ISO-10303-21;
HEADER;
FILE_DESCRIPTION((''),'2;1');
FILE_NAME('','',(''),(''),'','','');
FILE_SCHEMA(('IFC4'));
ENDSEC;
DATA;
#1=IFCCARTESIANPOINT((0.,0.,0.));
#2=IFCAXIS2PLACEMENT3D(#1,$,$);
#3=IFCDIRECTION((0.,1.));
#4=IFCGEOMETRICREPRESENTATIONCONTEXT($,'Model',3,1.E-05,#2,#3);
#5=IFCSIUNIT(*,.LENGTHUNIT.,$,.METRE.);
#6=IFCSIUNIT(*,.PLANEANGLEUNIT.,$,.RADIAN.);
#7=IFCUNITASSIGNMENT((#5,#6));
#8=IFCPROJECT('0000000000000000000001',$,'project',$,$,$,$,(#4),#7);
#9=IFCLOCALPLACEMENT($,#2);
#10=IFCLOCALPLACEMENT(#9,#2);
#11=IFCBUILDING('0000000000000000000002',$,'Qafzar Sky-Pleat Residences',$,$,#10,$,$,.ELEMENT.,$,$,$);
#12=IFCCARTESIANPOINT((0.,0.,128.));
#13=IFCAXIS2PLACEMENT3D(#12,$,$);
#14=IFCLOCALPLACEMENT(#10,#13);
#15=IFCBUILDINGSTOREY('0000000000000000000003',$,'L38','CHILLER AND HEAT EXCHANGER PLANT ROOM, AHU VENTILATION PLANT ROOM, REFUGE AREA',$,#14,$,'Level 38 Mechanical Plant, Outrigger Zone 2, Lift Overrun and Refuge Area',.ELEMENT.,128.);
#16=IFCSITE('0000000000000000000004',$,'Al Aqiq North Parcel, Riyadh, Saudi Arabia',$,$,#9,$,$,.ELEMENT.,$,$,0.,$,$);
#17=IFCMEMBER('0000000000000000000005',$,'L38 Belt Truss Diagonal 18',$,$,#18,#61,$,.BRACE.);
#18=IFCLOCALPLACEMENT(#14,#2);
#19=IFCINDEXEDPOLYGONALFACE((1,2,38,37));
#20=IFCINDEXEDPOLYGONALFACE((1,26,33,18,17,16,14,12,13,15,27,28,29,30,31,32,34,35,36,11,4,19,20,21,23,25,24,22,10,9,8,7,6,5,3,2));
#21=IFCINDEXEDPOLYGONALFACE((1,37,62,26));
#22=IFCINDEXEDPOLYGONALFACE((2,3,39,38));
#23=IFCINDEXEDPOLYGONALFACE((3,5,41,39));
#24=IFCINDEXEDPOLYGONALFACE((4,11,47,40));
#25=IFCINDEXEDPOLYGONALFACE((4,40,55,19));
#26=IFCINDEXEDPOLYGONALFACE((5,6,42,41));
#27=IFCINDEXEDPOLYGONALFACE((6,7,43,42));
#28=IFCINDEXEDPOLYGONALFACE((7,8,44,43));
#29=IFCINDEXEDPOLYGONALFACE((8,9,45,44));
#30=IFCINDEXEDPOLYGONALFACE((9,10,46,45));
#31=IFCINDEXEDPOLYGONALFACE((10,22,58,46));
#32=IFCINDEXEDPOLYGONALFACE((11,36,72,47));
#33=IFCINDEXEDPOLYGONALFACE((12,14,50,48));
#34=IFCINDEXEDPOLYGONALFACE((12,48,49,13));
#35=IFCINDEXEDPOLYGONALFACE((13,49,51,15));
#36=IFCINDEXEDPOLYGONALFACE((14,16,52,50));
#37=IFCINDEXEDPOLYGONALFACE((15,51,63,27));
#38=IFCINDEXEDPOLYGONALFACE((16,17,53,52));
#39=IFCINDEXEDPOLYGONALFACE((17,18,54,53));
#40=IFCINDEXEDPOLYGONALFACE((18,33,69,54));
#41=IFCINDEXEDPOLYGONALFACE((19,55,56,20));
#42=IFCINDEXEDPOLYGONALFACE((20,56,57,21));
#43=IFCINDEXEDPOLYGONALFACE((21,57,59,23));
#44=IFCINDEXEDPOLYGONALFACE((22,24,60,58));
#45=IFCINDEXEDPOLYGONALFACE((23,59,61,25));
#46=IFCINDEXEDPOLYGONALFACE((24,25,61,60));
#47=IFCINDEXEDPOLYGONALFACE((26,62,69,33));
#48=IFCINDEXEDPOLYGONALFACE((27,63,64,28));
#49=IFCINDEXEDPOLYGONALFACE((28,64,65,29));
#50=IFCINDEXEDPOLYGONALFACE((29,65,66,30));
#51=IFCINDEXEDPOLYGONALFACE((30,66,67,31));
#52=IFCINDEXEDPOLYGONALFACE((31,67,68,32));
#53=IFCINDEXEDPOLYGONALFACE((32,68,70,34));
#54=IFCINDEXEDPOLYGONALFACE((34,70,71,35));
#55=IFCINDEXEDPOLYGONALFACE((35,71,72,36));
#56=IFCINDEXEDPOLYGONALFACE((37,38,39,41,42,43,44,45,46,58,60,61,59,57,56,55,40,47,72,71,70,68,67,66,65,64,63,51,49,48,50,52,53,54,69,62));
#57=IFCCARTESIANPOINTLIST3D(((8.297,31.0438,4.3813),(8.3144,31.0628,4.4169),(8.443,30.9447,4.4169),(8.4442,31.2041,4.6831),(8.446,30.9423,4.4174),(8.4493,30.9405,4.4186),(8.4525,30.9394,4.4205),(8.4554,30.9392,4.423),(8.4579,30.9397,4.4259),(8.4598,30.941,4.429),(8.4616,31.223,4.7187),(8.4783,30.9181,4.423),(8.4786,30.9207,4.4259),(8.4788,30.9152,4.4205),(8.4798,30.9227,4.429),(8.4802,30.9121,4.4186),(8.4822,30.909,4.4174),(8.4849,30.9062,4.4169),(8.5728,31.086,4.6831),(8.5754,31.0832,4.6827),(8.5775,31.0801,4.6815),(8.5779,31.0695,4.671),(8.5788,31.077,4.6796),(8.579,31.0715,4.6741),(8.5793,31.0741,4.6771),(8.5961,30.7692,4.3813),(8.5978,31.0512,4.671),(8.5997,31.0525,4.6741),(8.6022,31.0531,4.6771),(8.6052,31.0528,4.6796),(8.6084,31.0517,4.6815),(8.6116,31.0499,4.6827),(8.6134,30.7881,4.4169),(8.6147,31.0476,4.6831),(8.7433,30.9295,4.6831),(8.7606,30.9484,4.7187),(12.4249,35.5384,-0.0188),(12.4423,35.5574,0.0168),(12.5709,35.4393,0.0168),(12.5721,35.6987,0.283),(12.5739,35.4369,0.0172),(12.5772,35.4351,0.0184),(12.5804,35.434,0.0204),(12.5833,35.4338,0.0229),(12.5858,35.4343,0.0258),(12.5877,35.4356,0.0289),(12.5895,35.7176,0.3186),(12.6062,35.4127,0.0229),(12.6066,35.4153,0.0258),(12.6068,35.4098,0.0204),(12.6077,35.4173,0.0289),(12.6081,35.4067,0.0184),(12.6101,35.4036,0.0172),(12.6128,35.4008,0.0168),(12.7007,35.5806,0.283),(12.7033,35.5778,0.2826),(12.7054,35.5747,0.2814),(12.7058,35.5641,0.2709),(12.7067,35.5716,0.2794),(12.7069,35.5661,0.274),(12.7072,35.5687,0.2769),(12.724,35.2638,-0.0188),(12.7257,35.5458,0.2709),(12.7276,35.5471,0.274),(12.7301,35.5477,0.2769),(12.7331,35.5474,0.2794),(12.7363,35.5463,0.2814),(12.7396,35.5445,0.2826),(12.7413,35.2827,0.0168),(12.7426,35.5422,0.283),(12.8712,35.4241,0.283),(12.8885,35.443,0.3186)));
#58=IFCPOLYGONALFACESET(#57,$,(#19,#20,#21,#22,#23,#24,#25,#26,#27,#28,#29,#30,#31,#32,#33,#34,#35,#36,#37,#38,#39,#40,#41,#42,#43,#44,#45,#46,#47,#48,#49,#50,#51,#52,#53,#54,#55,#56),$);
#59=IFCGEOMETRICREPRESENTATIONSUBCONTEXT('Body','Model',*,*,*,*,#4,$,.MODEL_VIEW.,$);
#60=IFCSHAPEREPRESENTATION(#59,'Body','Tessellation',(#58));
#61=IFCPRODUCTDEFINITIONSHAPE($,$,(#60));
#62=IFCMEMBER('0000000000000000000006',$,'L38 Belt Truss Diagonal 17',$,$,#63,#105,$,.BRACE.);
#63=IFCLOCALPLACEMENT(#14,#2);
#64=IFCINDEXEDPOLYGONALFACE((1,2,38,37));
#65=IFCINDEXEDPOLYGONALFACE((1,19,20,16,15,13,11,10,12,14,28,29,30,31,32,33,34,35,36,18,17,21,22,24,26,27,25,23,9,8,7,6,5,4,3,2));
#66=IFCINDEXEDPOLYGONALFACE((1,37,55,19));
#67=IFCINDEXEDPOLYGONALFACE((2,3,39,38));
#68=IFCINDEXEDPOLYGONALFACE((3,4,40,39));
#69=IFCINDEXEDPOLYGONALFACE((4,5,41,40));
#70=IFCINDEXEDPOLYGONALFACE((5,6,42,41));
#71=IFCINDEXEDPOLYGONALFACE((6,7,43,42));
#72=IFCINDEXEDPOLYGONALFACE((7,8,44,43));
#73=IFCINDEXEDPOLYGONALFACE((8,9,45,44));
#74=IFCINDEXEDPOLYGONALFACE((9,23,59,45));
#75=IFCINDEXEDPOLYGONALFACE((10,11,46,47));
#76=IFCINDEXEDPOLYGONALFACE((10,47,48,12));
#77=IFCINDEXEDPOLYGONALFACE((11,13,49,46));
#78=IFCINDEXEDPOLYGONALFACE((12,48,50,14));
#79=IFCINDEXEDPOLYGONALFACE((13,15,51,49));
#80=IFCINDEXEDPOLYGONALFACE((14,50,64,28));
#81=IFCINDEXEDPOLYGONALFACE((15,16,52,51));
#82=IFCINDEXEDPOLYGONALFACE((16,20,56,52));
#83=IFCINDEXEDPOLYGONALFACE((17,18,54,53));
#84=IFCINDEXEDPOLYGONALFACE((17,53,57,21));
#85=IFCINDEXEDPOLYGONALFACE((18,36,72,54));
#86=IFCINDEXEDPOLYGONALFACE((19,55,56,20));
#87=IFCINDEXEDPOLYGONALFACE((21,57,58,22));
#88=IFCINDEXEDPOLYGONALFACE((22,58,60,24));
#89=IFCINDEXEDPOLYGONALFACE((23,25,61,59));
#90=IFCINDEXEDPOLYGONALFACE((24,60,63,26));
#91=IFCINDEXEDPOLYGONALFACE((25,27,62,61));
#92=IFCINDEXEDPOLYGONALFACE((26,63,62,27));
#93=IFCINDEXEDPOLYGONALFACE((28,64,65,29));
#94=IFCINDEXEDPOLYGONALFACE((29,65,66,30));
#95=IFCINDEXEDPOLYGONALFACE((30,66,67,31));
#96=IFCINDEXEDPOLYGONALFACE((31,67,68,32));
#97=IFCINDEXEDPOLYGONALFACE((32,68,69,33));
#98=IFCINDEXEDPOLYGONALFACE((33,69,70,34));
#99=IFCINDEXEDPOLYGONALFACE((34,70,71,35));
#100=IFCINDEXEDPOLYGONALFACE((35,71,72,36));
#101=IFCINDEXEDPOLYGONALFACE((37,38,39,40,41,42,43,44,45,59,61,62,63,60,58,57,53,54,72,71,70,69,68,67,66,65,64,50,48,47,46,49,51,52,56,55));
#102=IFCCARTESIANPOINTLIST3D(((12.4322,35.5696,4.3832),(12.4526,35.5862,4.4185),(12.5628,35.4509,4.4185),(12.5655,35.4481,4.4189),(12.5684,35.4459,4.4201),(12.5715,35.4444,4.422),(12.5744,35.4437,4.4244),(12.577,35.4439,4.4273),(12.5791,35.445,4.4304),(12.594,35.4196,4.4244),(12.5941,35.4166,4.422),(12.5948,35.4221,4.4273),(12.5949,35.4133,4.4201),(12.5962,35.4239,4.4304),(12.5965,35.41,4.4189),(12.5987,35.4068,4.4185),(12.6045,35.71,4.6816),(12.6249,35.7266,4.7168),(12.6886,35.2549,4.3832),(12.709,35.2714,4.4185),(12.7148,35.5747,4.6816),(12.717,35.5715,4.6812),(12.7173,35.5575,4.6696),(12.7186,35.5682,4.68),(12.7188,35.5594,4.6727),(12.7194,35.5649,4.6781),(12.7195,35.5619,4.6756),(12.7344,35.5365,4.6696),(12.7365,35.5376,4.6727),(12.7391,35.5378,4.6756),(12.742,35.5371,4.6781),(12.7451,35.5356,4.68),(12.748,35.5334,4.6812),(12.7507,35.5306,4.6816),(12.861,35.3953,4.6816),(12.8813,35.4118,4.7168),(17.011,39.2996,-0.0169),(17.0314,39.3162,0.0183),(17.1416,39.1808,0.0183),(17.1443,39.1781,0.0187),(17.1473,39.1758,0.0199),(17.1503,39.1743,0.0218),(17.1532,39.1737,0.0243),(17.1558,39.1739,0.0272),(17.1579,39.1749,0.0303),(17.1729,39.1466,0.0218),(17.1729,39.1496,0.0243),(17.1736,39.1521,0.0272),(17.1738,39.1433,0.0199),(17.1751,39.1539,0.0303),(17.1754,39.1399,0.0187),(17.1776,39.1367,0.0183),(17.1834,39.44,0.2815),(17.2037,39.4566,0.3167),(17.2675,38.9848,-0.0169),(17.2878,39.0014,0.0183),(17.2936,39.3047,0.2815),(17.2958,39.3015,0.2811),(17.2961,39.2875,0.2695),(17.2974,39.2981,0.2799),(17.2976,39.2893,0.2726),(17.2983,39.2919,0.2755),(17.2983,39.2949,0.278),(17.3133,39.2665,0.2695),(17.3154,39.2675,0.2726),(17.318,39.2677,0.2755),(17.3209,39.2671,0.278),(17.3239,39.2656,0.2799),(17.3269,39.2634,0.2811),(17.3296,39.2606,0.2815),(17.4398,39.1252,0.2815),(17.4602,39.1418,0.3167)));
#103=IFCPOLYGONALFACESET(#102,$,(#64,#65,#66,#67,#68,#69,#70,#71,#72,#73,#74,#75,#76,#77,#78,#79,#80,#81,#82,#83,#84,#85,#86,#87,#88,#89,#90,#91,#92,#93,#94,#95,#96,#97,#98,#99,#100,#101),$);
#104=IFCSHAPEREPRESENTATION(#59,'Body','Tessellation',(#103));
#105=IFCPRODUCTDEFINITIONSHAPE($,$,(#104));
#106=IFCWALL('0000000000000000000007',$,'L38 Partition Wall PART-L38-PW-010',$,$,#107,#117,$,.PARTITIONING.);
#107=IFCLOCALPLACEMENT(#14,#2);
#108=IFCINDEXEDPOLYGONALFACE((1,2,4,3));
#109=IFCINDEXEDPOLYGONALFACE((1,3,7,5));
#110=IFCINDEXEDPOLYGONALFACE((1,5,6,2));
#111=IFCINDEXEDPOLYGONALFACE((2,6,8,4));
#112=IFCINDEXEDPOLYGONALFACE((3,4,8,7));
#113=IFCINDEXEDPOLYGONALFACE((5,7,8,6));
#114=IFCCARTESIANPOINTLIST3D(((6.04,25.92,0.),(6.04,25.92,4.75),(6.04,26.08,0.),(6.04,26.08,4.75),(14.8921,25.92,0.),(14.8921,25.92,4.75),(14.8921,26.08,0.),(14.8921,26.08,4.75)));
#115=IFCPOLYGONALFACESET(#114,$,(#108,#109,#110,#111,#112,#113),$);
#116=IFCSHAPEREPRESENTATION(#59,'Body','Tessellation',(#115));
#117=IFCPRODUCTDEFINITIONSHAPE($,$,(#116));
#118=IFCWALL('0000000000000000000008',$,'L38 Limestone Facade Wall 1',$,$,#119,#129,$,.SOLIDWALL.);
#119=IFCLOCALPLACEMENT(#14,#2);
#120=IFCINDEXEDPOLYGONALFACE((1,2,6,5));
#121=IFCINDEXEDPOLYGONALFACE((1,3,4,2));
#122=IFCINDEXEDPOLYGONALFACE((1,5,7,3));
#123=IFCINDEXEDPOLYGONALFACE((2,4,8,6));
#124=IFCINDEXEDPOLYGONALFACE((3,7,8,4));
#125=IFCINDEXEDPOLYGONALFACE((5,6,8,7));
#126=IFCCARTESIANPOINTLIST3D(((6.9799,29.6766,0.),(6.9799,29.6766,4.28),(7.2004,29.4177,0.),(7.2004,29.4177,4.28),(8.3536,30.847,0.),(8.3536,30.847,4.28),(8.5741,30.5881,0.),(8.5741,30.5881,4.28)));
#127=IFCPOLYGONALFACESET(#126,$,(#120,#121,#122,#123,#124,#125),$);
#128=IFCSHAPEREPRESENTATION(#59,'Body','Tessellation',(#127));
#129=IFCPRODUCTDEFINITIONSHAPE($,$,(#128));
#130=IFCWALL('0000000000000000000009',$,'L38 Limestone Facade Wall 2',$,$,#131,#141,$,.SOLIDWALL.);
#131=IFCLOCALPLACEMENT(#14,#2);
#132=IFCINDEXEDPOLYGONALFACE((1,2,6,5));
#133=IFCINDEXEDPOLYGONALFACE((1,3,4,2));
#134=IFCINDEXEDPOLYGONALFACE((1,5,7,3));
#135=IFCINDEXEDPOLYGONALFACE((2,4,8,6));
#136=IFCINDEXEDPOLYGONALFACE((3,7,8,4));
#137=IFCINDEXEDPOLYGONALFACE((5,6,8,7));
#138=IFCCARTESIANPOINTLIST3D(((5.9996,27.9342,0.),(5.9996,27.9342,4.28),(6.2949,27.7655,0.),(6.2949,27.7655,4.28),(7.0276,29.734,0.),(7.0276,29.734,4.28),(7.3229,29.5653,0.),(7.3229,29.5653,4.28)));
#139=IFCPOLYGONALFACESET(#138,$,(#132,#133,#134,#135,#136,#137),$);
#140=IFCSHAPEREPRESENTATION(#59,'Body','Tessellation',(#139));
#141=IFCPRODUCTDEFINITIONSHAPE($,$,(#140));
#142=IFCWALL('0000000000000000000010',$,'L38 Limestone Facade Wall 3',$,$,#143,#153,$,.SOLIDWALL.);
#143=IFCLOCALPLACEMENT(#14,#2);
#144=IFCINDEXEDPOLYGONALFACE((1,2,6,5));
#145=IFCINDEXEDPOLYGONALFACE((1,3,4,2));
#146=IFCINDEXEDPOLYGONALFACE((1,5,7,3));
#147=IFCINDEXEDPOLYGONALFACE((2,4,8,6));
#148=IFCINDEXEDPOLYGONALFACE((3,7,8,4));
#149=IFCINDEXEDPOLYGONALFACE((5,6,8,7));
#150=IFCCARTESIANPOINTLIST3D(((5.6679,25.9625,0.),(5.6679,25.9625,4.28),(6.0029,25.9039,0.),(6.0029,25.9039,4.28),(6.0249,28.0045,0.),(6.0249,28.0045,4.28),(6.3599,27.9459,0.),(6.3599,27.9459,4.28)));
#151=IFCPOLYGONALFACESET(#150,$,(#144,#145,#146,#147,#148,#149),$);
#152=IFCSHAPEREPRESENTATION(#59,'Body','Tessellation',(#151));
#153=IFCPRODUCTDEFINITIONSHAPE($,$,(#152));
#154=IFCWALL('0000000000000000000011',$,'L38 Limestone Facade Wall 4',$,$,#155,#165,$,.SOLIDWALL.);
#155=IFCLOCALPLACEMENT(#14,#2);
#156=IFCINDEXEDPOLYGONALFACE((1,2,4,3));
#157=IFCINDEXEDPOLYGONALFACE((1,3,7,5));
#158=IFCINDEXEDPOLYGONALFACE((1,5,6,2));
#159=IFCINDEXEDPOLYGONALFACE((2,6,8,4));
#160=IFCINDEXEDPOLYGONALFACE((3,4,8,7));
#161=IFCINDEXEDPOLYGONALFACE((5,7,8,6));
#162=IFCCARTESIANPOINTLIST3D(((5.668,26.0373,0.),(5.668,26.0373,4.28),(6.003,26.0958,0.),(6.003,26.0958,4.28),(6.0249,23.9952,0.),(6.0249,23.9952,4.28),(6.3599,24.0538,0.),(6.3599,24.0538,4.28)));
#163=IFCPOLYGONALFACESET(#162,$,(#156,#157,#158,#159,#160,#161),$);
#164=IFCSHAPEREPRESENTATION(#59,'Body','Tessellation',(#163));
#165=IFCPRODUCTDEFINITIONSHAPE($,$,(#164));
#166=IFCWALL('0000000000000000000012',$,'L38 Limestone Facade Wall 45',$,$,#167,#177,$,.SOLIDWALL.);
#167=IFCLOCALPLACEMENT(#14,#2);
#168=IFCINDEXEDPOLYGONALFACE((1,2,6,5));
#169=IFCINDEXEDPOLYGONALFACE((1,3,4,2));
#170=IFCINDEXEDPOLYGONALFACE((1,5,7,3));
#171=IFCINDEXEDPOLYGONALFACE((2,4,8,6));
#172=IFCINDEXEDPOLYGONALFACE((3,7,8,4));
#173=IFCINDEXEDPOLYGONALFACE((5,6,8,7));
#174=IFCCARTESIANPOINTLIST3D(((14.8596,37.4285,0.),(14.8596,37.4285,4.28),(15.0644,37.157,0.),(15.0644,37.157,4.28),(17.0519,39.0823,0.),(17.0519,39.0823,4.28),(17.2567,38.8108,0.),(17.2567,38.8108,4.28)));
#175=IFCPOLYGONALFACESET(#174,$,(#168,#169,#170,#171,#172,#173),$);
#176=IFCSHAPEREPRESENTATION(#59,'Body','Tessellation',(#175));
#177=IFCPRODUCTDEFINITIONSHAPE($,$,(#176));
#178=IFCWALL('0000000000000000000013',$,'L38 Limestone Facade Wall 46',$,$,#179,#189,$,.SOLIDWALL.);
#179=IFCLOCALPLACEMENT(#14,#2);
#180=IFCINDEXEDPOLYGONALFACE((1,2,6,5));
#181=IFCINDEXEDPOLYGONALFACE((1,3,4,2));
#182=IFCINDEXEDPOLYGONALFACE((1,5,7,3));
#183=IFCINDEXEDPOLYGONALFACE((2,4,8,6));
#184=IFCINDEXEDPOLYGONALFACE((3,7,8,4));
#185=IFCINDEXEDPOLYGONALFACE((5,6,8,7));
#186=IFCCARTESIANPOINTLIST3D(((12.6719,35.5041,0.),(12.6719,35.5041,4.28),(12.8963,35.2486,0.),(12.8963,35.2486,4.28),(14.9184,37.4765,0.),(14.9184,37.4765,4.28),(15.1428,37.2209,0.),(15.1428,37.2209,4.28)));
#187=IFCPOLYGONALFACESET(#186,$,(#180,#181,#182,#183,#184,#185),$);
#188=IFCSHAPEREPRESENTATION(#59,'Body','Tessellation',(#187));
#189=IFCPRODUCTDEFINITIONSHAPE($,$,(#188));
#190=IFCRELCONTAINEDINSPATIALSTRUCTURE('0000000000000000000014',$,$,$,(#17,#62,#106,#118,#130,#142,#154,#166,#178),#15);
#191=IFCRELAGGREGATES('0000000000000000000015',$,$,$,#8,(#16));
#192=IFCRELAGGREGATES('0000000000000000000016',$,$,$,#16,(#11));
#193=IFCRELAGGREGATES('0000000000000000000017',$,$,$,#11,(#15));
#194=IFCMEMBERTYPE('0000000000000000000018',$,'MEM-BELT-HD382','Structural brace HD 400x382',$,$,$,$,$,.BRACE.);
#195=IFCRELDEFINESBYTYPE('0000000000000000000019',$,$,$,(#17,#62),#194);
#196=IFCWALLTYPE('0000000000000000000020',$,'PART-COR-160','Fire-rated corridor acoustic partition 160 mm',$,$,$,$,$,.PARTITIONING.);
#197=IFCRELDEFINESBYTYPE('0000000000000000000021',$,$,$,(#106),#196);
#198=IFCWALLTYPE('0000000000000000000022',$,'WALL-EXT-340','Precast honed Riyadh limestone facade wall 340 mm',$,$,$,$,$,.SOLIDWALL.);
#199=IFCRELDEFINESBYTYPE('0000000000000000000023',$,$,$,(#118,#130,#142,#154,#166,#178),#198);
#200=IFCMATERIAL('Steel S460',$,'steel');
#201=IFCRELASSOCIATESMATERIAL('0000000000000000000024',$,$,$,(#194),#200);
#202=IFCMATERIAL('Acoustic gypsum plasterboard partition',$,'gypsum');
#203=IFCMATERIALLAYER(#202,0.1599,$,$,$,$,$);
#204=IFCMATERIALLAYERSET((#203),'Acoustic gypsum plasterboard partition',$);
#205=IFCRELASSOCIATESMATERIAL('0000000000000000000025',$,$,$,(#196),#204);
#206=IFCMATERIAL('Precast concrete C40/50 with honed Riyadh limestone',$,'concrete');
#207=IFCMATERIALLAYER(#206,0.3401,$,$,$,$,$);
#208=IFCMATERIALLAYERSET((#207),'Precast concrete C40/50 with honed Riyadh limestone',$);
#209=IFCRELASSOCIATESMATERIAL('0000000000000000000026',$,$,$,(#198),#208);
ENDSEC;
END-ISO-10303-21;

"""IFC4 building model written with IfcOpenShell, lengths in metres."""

from ifc_helpers import new_model, si_unit, direction, frame, frame_2d, origin, origin_2d, place, context, subcontext, project, spatial, rectangle, i_section, extrude, source, transform, mapped, material, layer, layer_set, material_profile, profile_set, type_object, element, save


model = new_model("IFC4")

# Units and contexts
model_context = context("Model", 3, precision=1e-05, world=origin(), true_north=direction((0.0, 1.0)))
body_context = subcontext(model_context, "Body", "Model", "MODEL_VIEW")
ifc_project = project(units=[si_unit("LENGTHUNIT", "METRE"), si_unit("PLANEANGLEUNIT", "RADIAN")], contexts=[model_context])

# Site, building, storey
site_placement = place(None, origin())
site = spatial("IfcSite", under=ifc_project, at=site_placement, Name="Al Aqiq North Parcel, Riyadh, Saudi Arabia", CompositionType="ELEMENT", RefElevation=0.0)
building_placement = place(site_placement, origin())
building = spatial("IfcBuilding", under=site, at=building_placement, Name="Qafzar Sky-Pleat Residences", CompositionType="ELEMENT")
storey_placement = place(building_placement, frame((0.0, 0.0, 128.0)))
storey = spatial("IfcBuildingStorey", under=building, at=storey_placement, Name="L38", Description="CHILLER AND HEAT EXCHANGER PLANT ROOM, AHU VENTILATION PLANT ROOM, REFUGE AREA", LongName="Level 38 Mechanical Plant, Outrigger Zone 2, Lift Overrun and Refuge Area", CompositionType="ELEMENT", Elevation=128.0)

# Shared definitions
ifc_material_1 = material(Name="Steel S460", Category="steel")

# Members
ifc_material_profile_1 = material_profile(ifc_material_1, i_section(OverallWidth=0.406, OverallDepth=0.416, WebThickness=0.0271, FlangeThickness=0.0439, FilletRadius=0.0149, at=origin_2d()), Name="HD 400x382")
ifc_profile_set_1 = profile_set([ifc_material_profile_1], Name="Steel S460")
member_type = type_object("IfcMemberType", Name="MEM-BELT-HD382", Description="Structural brace HD 400x382", PredefinedType="BRACE", material=ifc_profile_set_1)
shared_shape_1 = source(origin(), body_context, "Body", "SweptSolid", [
    extrude(i_section(OverallWidth=0.406, OverallDepth=0.416, WebThickness=0.0271, FlangeThickness=0.0439, FilletRadius=0.0149, at=origin_2d()), origin(), (0.0, 0.0, 1.0), 7.5234),
])
member_1_placement = place(storey_placement, frame((12.6567, 35.4907, 0.1499), z_axis=(-0.548673, -0.597413, 0.584855), x_axis=(0.736513, -0.676424, 0.0)))
element("IfcMember", 1, at=member_1_placement, inside=storey, type_object=member_type, Name="L38 Belt Truss Diagonal 18", PredefinedType="BRACE", context=body_context, shape_type="MappedRepresentation", body=[
    mapped(shared_shape_1, transform((0.0, 0.0, 0.0), x_axis=(1.0, 0.0, 0.0), y_axis=(0.0, 1.0, 0.0), z_axis=(0.0, 0.0, 1.0), scale=1.0)),
])
shared_shape_2 = source(origin(), body_context, "Body", "SweptSolid", [
    extrude(i_section(OverallWidth=0.406, OverallDepth=0.416, WebThickness=0.0271, FlangeThickness=0.0439, FilletRadius=0.0149, at=origin_2d()), origin(), (0.0, 0.0, 1.0), 7.3647),
])
member_2_placement = place(storey_placement, frame((17.2356, 39.2207, 0.1499), z_axis=(-0.621724, -0.506462, 0.597458), x_axis=(0.631577, -0.775313, 0.0)))
element("IfcMember", 2, at=member_2_placement, inside=storey, type_object=member_type, Name="L38 Belt Truss Diagonal 17", PredefinedType="BRACE", context=body_context, shape_type="MappedRepresentation", body=[
    mapped(shared_shape_2, transform((0.0, 0.0, 0.0), x_axis=(1.0, 0.0, 0.0), y_axis=(0.0, 1.0, 0.0), z_axis=(0.0, 0.0, 1.0), scale=1.0)),
])

# Walls
ifc_material_2 = material(Name="Acoustic gypsum plasterboard partition", Category="gypsum")
ifc_layer_1 = layer(ifc_material_2, 0.1599)
ifc_layer_set_1 = layer_set([ifc_layer_1], Name="Acoustic gypsum plasterboard partition")
wall_type_1 = type_object("IfcWallType", Name="PART-COR-160", Description="Fire-rated corridor acoustic partition 160 mm", PredefinedType="PARTITIONING", material=ifc_layer_set_1)
wall_1_placement = place(storey_placement, frame((6.04, 26.0, 0.0), z_axis=(0.0, 0.0, 1.0), x_axis=(1.0, 0.0, 0.0)))
element("IfcWall", 3, at=wall_1_placement, inside=storey, type_object=wall_type_1, Name="L38 Partition Wall PART-L38-PW-010", PredefinedType="PARTITIONING", context=body_context, shape_type="SweptSolid", body=[
    extrude(rectangle(XDim=8.8521, YDim=0.1599, at=frame_2d((4.426, 0.0))), origin(), (0.0, 0.0, 1.0), 4.75),
])
ifc_material_3 = material(Name="Precast concrete C40/50 with honed Riyadh limestone", Category="concrete")
ifc_layer_2 = layer(ifc_material_3, 0.3401)
ifc_layer_set_2 = layer_set([ifc_layer_2], Name="Precast concrete C40/50 with honed Riyadh limestone")
wall_type_2 = type_object("IfcWallType", Name="WALL-EXT-340", Description="Precast honed Riyadh limestone facade wall 340 mm", PredefinedType="SOLIDWALL", material=ifc_layer_set_2)
wall_2_placement = place(storey_placement, frame((8.4639, 30.7175, 0.0), z_axis=(0.0, 0.0, 1.0), x_axis=(-0.761201, -0.648516, 0.0)))
element("IfcWall", 4, at=wall_2_placement, inside=storey, type_object=wall_type_2, Name="L38 Limestone Facade Wall 1", PredefinedType="SOLIDWALL", context=body_context, shape_type="SweptSolid", body=[
    extrude(rectangle(XDim=1.8047, YDim=0.3401, at=frame_2d((0.9023, 0.0))), origin(), (0.0, 0.0, 1.0), 4.28),
])
wall_3_placement = place(storey_placement, frame((7.1753, 29.6497, 0.0), z_axis=(0.0, 0.0, 1.0), x_axis=(-0.495999, -0.868323, 0.0)))
element("IfcWall", 5, at=wall_3_placement, inside=storey, type_object=wall_type_2, Name="L38 Limestone Facade Wall 2", PredefinedType="SOLIDWALL", context=body_context, shape_type="SweptSolid", body=[
    extrude(rectangle(XDim=2.0728, YDim=0.3401, at=frame_2d((1.0364, 0.0))), origin(), (0.0, 0.0, 1.0), 4.28),
])
for number, where, z_axis, x_axis, name in (
    (6, (6.1924, 27.9753, 0.0), (0.0, 0.0, 1.0), (-0.172186, -0.985064, 0.0), "L38 Limestone Facade Wall 3"),
    (7, (5.8354, 26.0667, 0.0), (0.0, 0.0, 1.0), (0.172186, -0.985064, 0.0), "L38 Limestone Facade Wall 4"),
):
    element("IfcWall", number, at=place(storey_placement, frame(where, z_axis=z_axis, x_axis=x_axis)), inside=storey, type_object=wall_type_2, Name=name, PredefinedType="SOLIDWALL", context=body_context, shape_type="SweptSolid", body=[
        extrude(rectangle(XDim=2.073, YDim=0.3401, at=frame_2d((1.0366, 0.0))), origin(), (0.0, 0.0, 1.0), 4.28),
    ])
wall_4_placement = place(storey_placement, frame((17.1543, 38.9465, 0.0), z_axis=(0.0, 0.0, 1.0), x_axis=(-0.798333, -0.602217, 0.0)))
element("IfcWall", 8, at=wall_4_placement, inside=storey, type_object=wall_type_2, Name="L38 Limestone Facade Wall 45", PredefinedType="SOLIDWALL", context=body_context, shape_type="SweptSolid", body=[
    extrude(rectangle(XDim=2.7461, YDim=0.3401, at=frame_2d((1.373, 0.0))), origin(), (0.0, 0.0, 1.0), 4.28),
])
wall_5_placement = place(storey_placement, frame((15.0305, 37.3486, 0.0), z_axis=(0.0, 0.0, 1.0), x_axis=(-0.751473, -0.659764, 0.0)))
element("IfcWall", 9, at=wall_5_placement, inside=storey, type_object=wall_type_2, Name="L38 Limestone Facade Wall 46", PredefinedType="SOLIDWALL", context=body_context, shape_type="SweptSolid", body=[
    extrude(rectangle(XDim=2.9895, YDim=0.3401, at=frame_2d((1.4946, 0.0))), origin(), (0.0, 0.0, 1.0), 4.28),
])

save(model, "model.ifc")
